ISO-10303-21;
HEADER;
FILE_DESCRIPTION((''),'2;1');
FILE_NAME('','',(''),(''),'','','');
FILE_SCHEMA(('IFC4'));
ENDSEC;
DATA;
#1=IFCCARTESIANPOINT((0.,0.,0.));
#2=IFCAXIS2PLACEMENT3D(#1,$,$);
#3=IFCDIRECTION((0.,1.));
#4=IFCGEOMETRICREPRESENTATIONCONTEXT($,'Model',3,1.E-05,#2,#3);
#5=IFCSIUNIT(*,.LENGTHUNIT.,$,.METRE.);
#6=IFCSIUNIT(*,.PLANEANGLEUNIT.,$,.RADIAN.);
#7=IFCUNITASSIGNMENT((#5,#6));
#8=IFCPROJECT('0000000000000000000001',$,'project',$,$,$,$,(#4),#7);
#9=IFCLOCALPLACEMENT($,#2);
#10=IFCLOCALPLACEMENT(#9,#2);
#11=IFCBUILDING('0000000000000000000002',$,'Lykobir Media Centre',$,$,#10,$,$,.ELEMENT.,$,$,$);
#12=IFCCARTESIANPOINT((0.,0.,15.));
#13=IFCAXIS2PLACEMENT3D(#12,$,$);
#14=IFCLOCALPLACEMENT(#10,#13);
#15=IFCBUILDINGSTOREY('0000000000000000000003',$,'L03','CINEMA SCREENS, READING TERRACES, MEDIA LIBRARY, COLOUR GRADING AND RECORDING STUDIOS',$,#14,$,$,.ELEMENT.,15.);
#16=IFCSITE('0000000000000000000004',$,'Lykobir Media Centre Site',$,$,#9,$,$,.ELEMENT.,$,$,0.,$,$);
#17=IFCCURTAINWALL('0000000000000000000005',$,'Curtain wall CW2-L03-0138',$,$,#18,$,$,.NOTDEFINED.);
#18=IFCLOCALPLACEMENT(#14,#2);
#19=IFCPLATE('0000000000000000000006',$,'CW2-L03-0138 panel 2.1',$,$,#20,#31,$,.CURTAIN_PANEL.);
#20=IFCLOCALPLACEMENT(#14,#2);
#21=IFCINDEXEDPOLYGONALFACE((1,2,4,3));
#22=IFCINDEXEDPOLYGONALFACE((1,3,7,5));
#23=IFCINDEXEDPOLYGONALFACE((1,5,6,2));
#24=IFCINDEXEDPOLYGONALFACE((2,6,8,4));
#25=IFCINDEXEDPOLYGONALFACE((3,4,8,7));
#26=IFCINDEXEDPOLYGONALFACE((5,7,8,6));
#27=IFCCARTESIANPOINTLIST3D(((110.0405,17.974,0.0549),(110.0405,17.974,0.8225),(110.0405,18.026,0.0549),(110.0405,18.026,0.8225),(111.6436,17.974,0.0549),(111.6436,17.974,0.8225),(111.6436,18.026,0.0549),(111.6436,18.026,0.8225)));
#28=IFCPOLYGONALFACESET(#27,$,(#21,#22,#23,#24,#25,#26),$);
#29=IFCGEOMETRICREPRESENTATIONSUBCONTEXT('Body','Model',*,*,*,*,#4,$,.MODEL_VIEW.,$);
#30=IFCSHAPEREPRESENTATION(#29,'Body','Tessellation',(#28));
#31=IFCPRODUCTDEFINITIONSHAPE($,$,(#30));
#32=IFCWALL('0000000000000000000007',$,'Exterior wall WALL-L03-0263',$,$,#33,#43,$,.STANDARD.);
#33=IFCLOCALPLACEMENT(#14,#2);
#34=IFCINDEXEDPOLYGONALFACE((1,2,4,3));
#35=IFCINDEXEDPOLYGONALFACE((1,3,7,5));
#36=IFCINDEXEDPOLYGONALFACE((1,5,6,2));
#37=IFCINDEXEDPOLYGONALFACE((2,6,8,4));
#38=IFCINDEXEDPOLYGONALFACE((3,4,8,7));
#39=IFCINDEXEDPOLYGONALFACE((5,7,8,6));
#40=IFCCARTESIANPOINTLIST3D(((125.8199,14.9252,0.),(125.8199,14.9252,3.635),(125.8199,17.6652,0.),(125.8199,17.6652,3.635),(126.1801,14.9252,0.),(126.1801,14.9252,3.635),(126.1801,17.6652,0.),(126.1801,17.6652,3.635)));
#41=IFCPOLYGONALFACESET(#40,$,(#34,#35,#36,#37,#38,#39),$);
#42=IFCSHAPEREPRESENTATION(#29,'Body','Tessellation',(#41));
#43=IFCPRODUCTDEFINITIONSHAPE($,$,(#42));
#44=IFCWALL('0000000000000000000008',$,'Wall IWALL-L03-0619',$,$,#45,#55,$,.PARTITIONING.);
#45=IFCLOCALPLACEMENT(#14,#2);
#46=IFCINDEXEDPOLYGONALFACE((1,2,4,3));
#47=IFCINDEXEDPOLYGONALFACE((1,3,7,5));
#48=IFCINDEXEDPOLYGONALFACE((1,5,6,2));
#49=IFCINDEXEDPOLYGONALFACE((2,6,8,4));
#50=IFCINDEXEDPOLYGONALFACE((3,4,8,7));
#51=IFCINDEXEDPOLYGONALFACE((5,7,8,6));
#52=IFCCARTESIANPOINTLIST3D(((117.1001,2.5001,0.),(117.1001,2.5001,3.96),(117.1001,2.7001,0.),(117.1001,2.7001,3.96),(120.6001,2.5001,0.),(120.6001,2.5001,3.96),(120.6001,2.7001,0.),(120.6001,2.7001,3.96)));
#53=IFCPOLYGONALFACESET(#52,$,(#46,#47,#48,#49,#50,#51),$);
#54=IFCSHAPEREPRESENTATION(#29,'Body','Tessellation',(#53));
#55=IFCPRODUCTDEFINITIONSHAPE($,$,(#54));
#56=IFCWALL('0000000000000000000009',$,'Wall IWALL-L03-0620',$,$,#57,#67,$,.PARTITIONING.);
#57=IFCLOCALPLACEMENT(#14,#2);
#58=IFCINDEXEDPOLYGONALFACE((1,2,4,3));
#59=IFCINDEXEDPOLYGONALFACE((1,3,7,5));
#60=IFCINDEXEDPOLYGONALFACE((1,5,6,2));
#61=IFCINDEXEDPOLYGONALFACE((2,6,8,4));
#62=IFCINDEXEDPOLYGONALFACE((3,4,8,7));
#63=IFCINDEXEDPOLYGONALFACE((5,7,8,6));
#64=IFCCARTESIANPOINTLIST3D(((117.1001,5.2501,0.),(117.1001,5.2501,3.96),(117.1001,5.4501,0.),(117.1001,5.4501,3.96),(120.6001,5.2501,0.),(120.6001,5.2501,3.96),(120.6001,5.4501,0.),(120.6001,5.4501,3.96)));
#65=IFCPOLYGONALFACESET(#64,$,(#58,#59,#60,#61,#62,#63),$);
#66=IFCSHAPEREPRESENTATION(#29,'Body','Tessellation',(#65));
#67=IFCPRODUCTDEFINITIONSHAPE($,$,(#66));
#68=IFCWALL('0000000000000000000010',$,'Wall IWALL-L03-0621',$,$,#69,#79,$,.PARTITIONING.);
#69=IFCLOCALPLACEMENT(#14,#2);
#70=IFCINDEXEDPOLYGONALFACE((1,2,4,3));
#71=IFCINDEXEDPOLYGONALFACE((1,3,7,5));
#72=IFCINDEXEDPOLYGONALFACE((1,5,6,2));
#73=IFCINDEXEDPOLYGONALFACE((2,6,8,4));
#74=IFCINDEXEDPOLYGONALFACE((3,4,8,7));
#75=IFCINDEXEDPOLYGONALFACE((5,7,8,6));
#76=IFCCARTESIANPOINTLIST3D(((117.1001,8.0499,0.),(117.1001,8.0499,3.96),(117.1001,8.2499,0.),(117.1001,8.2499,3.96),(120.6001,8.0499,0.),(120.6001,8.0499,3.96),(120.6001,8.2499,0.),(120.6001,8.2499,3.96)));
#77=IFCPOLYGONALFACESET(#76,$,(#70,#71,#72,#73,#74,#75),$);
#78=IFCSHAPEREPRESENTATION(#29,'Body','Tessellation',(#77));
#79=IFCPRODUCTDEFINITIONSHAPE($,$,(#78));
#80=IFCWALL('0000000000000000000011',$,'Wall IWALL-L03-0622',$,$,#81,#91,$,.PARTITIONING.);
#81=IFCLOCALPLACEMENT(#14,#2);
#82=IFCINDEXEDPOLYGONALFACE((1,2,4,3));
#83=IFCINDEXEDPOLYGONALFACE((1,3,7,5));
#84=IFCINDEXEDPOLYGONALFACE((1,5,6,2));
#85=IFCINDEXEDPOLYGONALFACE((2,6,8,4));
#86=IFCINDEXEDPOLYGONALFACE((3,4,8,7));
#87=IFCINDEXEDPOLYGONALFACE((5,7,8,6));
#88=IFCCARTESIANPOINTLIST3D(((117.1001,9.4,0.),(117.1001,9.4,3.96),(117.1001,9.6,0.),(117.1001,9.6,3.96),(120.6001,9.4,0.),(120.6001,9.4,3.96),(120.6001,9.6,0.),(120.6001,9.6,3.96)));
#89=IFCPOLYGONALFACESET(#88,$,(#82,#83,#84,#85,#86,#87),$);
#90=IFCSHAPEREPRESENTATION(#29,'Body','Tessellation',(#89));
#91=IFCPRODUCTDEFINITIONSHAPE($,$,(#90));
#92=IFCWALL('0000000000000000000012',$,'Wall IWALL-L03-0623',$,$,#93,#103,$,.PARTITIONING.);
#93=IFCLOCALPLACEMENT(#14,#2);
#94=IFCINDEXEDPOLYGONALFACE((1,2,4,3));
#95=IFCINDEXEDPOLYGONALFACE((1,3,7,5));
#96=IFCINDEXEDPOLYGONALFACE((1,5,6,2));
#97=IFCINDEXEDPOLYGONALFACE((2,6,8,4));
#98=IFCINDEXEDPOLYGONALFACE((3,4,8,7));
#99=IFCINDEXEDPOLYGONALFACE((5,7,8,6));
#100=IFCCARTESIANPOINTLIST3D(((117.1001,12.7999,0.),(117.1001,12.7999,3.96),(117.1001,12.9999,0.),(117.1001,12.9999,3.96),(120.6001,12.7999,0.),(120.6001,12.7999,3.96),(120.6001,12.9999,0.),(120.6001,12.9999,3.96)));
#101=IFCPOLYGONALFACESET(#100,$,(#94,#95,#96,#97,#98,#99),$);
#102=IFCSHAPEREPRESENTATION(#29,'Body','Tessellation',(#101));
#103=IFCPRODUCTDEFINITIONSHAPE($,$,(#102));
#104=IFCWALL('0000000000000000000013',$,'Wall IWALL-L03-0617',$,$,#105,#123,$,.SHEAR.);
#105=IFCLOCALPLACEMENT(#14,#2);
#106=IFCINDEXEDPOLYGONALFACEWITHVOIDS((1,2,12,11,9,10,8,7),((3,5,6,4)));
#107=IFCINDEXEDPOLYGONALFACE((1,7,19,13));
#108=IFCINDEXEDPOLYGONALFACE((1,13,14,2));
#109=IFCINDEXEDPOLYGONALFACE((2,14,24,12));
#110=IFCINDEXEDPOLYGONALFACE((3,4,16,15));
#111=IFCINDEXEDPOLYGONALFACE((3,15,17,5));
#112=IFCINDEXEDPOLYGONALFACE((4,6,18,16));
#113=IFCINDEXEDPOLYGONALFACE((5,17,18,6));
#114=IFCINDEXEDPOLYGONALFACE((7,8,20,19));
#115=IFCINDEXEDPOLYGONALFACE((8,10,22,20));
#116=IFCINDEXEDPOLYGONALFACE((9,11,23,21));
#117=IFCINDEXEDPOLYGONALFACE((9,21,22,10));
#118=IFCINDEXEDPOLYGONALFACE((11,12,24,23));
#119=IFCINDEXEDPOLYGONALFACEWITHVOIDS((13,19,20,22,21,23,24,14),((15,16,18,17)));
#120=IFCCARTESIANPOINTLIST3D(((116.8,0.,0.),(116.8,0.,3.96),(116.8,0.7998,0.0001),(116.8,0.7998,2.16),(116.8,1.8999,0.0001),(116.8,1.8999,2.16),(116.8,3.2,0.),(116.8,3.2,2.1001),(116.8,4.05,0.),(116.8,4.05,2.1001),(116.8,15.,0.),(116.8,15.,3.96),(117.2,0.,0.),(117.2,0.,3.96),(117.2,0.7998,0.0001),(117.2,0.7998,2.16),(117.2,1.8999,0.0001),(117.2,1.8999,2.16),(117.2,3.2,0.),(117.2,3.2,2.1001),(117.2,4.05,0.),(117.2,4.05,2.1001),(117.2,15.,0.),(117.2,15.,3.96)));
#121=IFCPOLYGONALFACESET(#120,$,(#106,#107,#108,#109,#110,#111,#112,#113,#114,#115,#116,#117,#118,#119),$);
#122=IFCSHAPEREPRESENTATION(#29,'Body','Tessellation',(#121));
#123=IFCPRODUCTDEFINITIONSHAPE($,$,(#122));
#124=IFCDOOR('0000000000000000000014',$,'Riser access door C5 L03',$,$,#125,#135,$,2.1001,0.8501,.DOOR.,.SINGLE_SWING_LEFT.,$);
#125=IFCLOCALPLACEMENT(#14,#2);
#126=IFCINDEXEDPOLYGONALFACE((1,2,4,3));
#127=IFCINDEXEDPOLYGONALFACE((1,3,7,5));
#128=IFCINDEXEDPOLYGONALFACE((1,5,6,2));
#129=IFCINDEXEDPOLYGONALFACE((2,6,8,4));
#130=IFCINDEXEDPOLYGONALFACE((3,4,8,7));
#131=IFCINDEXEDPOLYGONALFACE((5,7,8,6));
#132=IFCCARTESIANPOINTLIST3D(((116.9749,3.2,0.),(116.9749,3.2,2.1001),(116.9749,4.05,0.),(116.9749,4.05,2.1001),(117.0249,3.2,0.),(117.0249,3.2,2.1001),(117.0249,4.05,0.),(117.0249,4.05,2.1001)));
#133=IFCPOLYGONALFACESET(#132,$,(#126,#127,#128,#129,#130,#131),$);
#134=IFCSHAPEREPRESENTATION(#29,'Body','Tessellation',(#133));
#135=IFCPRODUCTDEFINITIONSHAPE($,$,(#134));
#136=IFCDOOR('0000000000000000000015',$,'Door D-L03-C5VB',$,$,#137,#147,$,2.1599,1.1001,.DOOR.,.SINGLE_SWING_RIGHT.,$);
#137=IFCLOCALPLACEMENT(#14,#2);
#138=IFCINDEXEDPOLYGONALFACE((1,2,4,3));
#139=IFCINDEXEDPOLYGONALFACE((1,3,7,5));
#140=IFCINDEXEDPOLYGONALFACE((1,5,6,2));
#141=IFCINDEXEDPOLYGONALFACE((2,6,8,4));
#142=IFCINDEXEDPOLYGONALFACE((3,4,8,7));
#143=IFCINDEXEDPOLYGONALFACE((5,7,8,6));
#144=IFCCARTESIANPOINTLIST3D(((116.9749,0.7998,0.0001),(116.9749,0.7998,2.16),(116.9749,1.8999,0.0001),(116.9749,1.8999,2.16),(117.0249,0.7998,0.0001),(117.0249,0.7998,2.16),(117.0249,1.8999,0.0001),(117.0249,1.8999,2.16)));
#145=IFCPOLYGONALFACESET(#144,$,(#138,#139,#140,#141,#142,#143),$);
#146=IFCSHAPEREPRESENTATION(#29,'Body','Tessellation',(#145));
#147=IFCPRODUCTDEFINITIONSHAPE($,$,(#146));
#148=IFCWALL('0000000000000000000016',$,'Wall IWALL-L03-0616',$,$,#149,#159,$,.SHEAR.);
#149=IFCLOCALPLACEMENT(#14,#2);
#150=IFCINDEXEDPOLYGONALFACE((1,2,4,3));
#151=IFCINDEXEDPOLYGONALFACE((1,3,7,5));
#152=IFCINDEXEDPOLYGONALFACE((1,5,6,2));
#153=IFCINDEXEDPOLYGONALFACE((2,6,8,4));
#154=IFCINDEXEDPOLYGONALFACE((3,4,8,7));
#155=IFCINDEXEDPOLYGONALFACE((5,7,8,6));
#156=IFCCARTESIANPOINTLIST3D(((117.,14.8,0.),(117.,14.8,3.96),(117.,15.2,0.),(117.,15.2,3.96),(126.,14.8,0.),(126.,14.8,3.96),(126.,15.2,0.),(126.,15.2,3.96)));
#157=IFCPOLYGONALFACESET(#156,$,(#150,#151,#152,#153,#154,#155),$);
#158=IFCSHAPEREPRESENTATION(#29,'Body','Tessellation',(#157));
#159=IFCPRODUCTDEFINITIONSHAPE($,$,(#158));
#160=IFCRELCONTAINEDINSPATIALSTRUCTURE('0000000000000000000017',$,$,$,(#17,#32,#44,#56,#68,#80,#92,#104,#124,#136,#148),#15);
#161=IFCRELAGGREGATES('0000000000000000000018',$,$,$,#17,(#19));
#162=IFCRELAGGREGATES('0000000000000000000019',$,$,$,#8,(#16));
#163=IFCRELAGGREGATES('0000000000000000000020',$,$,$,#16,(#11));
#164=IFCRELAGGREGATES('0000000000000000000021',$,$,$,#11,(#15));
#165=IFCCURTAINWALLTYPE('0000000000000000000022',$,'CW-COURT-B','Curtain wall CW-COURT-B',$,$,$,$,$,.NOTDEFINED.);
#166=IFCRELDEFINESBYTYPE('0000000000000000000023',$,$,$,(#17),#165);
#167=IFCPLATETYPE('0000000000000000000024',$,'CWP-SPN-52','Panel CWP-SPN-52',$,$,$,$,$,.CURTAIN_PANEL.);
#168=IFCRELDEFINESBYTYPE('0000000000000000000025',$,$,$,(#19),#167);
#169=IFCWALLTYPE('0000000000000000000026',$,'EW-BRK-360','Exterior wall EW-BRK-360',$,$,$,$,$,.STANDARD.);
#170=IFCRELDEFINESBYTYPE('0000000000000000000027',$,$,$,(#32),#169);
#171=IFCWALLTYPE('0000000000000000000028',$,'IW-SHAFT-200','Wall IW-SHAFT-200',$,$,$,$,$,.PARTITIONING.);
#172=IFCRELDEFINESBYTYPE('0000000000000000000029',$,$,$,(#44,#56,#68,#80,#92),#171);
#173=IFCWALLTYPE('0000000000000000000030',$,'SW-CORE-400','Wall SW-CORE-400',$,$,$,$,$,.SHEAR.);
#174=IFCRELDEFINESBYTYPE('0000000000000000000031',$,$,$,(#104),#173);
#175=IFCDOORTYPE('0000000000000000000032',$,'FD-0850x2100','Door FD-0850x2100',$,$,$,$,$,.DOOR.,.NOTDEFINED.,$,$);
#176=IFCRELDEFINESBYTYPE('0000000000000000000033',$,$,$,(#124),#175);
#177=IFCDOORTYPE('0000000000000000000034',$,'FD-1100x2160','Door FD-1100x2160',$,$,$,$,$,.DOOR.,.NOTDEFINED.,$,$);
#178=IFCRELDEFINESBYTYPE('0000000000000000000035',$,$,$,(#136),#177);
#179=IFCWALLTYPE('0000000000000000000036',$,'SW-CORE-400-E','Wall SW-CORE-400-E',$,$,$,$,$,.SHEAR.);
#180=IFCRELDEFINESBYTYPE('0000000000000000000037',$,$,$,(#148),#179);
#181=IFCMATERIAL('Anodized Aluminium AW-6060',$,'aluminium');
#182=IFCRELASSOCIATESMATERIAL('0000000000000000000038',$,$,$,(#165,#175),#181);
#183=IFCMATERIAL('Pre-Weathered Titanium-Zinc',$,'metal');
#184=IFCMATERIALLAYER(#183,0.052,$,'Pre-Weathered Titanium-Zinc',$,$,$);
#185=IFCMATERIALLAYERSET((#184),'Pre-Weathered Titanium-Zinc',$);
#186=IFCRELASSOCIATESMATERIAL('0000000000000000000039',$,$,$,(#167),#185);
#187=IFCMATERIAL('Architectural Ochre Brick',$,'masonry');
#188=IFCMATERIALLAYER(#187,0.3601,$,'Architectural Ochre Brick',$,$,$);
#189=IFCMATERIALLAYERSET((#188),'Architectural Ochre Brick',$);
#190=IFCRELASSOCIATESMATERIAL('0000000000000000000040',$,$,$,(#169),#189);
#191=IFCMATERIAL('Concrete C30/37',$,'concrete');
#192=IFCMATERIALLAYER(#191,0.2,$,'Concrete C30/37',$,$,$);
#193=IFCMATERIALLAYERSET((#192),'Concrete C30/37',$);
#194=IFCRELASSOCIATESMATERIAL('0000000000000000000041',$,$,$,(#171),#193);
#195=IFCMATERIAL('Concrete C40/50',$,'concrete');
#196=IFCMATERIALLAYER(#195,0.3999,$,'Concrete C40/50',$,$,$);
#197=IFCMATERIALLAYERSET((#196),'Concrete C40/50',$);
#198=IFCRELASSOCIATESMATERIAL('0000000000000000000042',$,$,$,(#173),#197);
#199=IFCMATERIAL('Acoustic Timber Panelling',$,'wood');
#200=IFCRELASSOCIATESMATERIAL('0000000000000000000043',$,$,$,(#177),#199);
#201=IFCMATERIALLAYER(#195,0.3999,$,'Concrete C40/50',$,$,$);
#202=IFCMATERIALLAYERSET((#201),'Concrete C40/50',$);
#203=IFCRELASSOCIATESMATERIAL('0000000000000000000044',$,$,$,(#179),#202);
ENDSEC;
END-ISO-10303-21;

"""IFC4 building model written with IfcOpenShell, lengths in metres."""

from ifc_helpers import new_model, si_unit, direction, frame, frame_2d, origin, origin_2d, place, context, subcontext, project, spatial, rectangle, extrude, material, layer, layer_set, type_object, element, fill, aggregate, save


model = new_model("IFC4")

# Units and contexts
model_context = context("Model", 3, precision=1e-05, world=origin(), true_north=direction((0.0, 1.0)))
body_context = subcontext(model_context, "Body", "Model", "MODEL_VIEW")
ifc_project = project(units=[si_unit("LENGTHUNIT", "METRE"), si_unit("PLANEANGLEUNIT", "RADIAN")], contexts=[model_context])

# Site, building, storey
site_placement = place(None, origin())
site = spatial("IfcSite", under=ifc_project, at=site_placement, Name="Lykobir Media Centre Site", CompositionType="ELEMENT", RefElevation=0.0)
building_placement = place(site_placement, origin())
building = spatial("IfcBuilding", under=site, at=building_placement, Name="Lykobir Media Centre", CompositionType="ELEMENT")
storey_placement = place(building_placement, frame((0.0, 0.0, 15.0)))
storey = spatial("IfcBuildingStorey", under=building, at=storey_placement, Name="L03", Description="CINEMA SCREENS, READING TERRACES, MEDIA LIBRARY, COLOUR GRADING AND RECORDING STUDIOS", CompositionType="ELEMENT", Elevation=15.0)

# Shared definitions
ifc_material_1 = material(Name="Concrete C40/50", Category="concrete")

# Curtain wall
ifc_material_2 = material(Name="Anodized Aluminium AW-6060", Category="aluminium")
curtain_wall_type = type_object("IfcCurtainWallType", Name="CW-COURT-B", Description="Curtain wall CW-COURT-B", PredefinedType="NOTDEFINED", material=ifc_material_2)
curtain_wall_placement = place(storey_placement, origin())
curtain_wall = element("IfcCurtainWall", 1, at=curtain_wall_placement, inside=storey, type_object=curtain_wall_type, Name="Curtain wall CW2-L03-0138", PredefinedType="NOTDEFINED")

# Plate
ifc_material_3 = material(Name="Pre-Weathered Titanium-Zinc", Category="metal")
ifc_layer_1 = layer(ifc_material_3, 0.052, Name="Pre-Weathered Titanium-Zinc")
ifc_layer_set_1 = layer_set([ifc_layer_1], Name="Pre-Weathered Titanium-Zinc")
plate_type_1 = type_object("IfcPlateType", Name="CWP-SPN-52", Description="Panel CWP-SPN-52", PredefinedType="CURTAIN_PANEL", material=ifc_layer_set_1)
plate_1_placement = place(storey_placement, frame((110.842, 18.0, 0.0549), z_axis=(0.0, 0.0, 1.0), x_axis=(1.0, 0.0, 0.0)))
plate_1 = element("IfcPlate", 2, at=plate_1_placement, type_object=plate_type_1, Name="CW2-L03-0138 panel 2.1", PredefinedType="CURTAIN_PANEL", context=body_context, shape_type="SweptSolid", body=[
    extrude(rectangle(XDim=1.603, YDim=0.052, at=origin_2d()), origin(), (0.0, 0.0, 1.0), 0.7676),
])
aggregate(curtain_wall, [plate_1])

# Walls
ifc_material_4 = material(Name="Architectural Ochre Brick", Category="masonry")
ifc_layer_2 = layer(ifc_material_4, 0.3601, Name="Architectural Ochre Brick")
ifc_layer_set_2 = layer_set([ifc_layer_2], Name="Architectural Ochre Brick")
wall_type_1 = type_object("IfcWallType", Name="EW-BRK-360", Description="Exterior wall EW-BRK-360", PredefinedType="STANDARD", material=ifc_layer_set_2)
wall_1_placement = place(storey_placement, frame((126.0, 14.925, 0.0), z_axis=(0.0, 0.0, 1.0), x_axis=(0.0, 1.0, 0.0)))
element("IfcWall", 3, at=wall_1_placement, inside=storey, type_object=wall_type_1, Name="Exterior wall WALL-L03-0263", PredefinedType="STANDARD", context=body_context, shape_type="SweptSolid", body=[
    extrude(rectangle(XDim=2.74, YDim=0.3601, at=frame_2d((1.3701, 0.0))), origin(), (0.0, 0.0, 1.0), 3.635),
])
ifc_material_5 = material(Name="Concrete C30/37", Category="concrete")
ifc_layer_3 = layer(ifc_material_5, 0.2, Name="Concrete C30/37")
ifc_layer_set_3 = layer_set([ifc_layer_3], Name="Concrete C30/37")
wall_type_2 = type_object("IfcWallType", Name="IW-SHAFT-200", Description="Wall IW-SHAFT-200", PredefinedType="PARTITIONING", material=ifc_layer_set_3)
for number, where, z_axis, x_axis, name in (
    (4, (117.1001, 2.6001, 0.0), (0.0, 0.0, 1.0), (1.0, 0.0, 0.0), "Wall IWALL-L03-0619"),
    (5, (117.1001, 5.3501, 0.0), (0.0, 0.0, 1.0), (1.0, 0.0, 0.0), "Wall IWALL-L03-0620"),
    (6, (117.1001, 8.1499, 0.0), (0.0, 0.0, 1.0), (1.0, 0.0, 0.0), "Wall IWALL-L03-0621"),
    (7, (117.1001, 9.5, 0.0), (0.0, 0.0, 1.0), (1.0, 0.0, 0.0), "Wall IWALL-L03-0622"),
    (8, (117.1001, 12.8999, 0.0), (0.0, 0.0, 1.0), (1.0, 0.0, 0.0), "Wall IWALL-L03-0623"),
):
    element("IfcWall", number, at=place(storey_placement, frame(where, z_axis=z_axis, x_axis=x_axis)), inside=storey, type_object=wall_type_2, Name=name, PredefinedType="PARTITIONING", context=body_context, shape_type="SweptSolid", body=[
        extrude(rectangle(XDim=3.5, YDim=0.2, at=frame_2d((1.75, 0.0))), origin(), (0.0, 0.0, 1.0), 3.96),
    ])

# Wall, openings, doors
ifc_layer_4 = layer(ifc_material_1, 0.3999, Name="Concrete C40/50")
ifc_layer_set_4 = layer_set([ifc_layer_4], Name="Concrete C40/50")
wall_type_3 = type_object("IfcWallType", Name="SW-CORE-400", Description="Wall SW-CORE-400", PredefinedType="SHEAR", material=ifc_layer_set_4)
wall_2_placement = place(storey_placement, frame((117.0, 15.0, 0.0), z_axis=(0.0, 0.0, 1.0), x_axis=(0.0, -1.0, 0.0)))
wall_2 = element("IfcWall", 9, at=wall_2_placement, inside=storey, type_object=wall_type_3, Name="Wall IWALL-L03-0617", PredefinedType="SHEAR", context=body_context, shape_type="SweptSolid", body=[
    extrude(rectangle(XDim=15.0, YDim=0.3999, at=frame_2d((7.5, 0.0))), origin(), (0.0, 0.0, 1.0), 3.96),
])
opening_1_placement = place(wall_2_placement, frame((13.1001, 0.0, 0.0)))
opening_1 = element("IfcOpeningElement", 10, at=opening_1_placement, cuts=wall_2, PredefinedType="OPENING", context=body_context, shape_type="SweptSolid", body=[
    extrude(rectangle(XDim=1.1001, YDim=2.1599, at=frame_2d((0.55, 1.0801))), frame((0.0, 0.21, 0.0), z_axis=(0.0, -1.0, 0.0), x_axis=(1.0, 0.0, 0.0)), (0.0, 0.0, 1.0), 0.4199),
])
opening_2_placement = place(wall_2_placement, frame((10.95, 0.0, 0.0)))
opening_2 = element("IfcOpeningElement", 11, at=opening_2_placement, cuts=wall_2, PredefinedType="OPENING", context=body_context, shape_type="SweptSolid", body=[
    extrude(rectangle(XDim=0.8501, YDim=2.1001, at=frame_2d((0.425, 1.05))), frame((0.0, 0.21, 0.0), z_axis=(0.0, -1.0, 0.0), x_axis=(1.0, 0.0, 0.0)), (0.0, 0.0, 1.0), 0.4199),
])
door_type_1 = type_object("IfcDoorType", Name="FD-0850x2100", Description="Door FD-0850x2100", OperationType="NOTDEFINED", PredefinedType="DOOR", material=ifc_material_2)
door_1_placement = place(opening_2_placement, origin())
door_1 = element("IfcDoor", 12, at=door_1_placement, inside=storey, type_object=door_type_1, Name="Riser access door C5 L03", OperationType="SINGLE_SWING_LEFT", OverallHeight=2.1001, OverallWidth=0.8501, PredefinedType="DOOR", context=body_context, shape_type="SweptSolid", body=[
    extrude(rectangle(XDim=0.8501, YDim=2.1001, at=frame_2d((0.425, 1.05))), frame((0.0, 0.0249, 0.0), z_axis=(0.0, -1.0, 0.0), x_axis=(1.0, 0.0, 0.0)), (0.0, 0.0, 1.0), 0.05),
])
fill(opening_2, door_1)
ifc_material_6 = material(Name="Acoustic Timber Panelling", Category="wood")
door_type_2 = type_object("IfcDoorType", Name="FD-1100x2160", Description="Door FD-1100x2160", OperationType="NOTDEFINED", PredefinedType="DOOR", material=ifc_material_6)
door_2_placement = place(opening_1_placement, origin())
door_2 = element("IfcDoor", 13, at=door_2_placement, inside=storey, type_object=door_type_2, Name="Door D-L03-C5VB", OperationType="SINGLE_SWING_RIGHT", OverallHeight=2.1599, OverallWidth=1.1001, PredefinedType="DOOR", context=body_context, shape_type="SweptSolid", body=[
    extrude(rectangle(XDim=1.1001, YDim=2.1599, at=frame_2d((0.55, 1.0801))), frame((0.0, 0.0249, 0.0), z_axis=(0.0, -1.0, 0.0), x_axis=(1.0, 0.0, 0.0)), (0.0, 0.0, 1.0), 0.05),
])
fill(opening_1, door_2)

# Wall
ifc_layer_5 = layer(ifc_material_1, 0.3999, Name="Concrete C40/50")
ifc_layer_set_5 = layer_set([ifc_layer_5], Name="Concrete C40/50")
wall_type_4 = type_object("IfcWallType", Name="SW-CORE-400-E", Description="Wall SW-CORE-400-E", PredefinedType="SHEAR", material=ifc_layer_set_5)
wall_3_placement = place(storey_placement, frame((126.0, 15.0, 0.0), z_axis=(0.0, 0.0, 1.0), x_axis=(-1.0, 0.0, 0.0)))
element("IfcWall", 14, at=wall_3_placement, inside=storey, type_object=wall_type_4, Name="Wall IWALL-L03-0616", PredefinedType="SHEAR", context=body_context, shape_type="SweptSolid", body=[
    extrude(rectangle(XDim=9.0, YDim=0.3999, at=frame_2d((4.5, 0.0))), origin(), (0.0, 0.0, 1.0), 3.96),
])

save(model, "model.ifc")
